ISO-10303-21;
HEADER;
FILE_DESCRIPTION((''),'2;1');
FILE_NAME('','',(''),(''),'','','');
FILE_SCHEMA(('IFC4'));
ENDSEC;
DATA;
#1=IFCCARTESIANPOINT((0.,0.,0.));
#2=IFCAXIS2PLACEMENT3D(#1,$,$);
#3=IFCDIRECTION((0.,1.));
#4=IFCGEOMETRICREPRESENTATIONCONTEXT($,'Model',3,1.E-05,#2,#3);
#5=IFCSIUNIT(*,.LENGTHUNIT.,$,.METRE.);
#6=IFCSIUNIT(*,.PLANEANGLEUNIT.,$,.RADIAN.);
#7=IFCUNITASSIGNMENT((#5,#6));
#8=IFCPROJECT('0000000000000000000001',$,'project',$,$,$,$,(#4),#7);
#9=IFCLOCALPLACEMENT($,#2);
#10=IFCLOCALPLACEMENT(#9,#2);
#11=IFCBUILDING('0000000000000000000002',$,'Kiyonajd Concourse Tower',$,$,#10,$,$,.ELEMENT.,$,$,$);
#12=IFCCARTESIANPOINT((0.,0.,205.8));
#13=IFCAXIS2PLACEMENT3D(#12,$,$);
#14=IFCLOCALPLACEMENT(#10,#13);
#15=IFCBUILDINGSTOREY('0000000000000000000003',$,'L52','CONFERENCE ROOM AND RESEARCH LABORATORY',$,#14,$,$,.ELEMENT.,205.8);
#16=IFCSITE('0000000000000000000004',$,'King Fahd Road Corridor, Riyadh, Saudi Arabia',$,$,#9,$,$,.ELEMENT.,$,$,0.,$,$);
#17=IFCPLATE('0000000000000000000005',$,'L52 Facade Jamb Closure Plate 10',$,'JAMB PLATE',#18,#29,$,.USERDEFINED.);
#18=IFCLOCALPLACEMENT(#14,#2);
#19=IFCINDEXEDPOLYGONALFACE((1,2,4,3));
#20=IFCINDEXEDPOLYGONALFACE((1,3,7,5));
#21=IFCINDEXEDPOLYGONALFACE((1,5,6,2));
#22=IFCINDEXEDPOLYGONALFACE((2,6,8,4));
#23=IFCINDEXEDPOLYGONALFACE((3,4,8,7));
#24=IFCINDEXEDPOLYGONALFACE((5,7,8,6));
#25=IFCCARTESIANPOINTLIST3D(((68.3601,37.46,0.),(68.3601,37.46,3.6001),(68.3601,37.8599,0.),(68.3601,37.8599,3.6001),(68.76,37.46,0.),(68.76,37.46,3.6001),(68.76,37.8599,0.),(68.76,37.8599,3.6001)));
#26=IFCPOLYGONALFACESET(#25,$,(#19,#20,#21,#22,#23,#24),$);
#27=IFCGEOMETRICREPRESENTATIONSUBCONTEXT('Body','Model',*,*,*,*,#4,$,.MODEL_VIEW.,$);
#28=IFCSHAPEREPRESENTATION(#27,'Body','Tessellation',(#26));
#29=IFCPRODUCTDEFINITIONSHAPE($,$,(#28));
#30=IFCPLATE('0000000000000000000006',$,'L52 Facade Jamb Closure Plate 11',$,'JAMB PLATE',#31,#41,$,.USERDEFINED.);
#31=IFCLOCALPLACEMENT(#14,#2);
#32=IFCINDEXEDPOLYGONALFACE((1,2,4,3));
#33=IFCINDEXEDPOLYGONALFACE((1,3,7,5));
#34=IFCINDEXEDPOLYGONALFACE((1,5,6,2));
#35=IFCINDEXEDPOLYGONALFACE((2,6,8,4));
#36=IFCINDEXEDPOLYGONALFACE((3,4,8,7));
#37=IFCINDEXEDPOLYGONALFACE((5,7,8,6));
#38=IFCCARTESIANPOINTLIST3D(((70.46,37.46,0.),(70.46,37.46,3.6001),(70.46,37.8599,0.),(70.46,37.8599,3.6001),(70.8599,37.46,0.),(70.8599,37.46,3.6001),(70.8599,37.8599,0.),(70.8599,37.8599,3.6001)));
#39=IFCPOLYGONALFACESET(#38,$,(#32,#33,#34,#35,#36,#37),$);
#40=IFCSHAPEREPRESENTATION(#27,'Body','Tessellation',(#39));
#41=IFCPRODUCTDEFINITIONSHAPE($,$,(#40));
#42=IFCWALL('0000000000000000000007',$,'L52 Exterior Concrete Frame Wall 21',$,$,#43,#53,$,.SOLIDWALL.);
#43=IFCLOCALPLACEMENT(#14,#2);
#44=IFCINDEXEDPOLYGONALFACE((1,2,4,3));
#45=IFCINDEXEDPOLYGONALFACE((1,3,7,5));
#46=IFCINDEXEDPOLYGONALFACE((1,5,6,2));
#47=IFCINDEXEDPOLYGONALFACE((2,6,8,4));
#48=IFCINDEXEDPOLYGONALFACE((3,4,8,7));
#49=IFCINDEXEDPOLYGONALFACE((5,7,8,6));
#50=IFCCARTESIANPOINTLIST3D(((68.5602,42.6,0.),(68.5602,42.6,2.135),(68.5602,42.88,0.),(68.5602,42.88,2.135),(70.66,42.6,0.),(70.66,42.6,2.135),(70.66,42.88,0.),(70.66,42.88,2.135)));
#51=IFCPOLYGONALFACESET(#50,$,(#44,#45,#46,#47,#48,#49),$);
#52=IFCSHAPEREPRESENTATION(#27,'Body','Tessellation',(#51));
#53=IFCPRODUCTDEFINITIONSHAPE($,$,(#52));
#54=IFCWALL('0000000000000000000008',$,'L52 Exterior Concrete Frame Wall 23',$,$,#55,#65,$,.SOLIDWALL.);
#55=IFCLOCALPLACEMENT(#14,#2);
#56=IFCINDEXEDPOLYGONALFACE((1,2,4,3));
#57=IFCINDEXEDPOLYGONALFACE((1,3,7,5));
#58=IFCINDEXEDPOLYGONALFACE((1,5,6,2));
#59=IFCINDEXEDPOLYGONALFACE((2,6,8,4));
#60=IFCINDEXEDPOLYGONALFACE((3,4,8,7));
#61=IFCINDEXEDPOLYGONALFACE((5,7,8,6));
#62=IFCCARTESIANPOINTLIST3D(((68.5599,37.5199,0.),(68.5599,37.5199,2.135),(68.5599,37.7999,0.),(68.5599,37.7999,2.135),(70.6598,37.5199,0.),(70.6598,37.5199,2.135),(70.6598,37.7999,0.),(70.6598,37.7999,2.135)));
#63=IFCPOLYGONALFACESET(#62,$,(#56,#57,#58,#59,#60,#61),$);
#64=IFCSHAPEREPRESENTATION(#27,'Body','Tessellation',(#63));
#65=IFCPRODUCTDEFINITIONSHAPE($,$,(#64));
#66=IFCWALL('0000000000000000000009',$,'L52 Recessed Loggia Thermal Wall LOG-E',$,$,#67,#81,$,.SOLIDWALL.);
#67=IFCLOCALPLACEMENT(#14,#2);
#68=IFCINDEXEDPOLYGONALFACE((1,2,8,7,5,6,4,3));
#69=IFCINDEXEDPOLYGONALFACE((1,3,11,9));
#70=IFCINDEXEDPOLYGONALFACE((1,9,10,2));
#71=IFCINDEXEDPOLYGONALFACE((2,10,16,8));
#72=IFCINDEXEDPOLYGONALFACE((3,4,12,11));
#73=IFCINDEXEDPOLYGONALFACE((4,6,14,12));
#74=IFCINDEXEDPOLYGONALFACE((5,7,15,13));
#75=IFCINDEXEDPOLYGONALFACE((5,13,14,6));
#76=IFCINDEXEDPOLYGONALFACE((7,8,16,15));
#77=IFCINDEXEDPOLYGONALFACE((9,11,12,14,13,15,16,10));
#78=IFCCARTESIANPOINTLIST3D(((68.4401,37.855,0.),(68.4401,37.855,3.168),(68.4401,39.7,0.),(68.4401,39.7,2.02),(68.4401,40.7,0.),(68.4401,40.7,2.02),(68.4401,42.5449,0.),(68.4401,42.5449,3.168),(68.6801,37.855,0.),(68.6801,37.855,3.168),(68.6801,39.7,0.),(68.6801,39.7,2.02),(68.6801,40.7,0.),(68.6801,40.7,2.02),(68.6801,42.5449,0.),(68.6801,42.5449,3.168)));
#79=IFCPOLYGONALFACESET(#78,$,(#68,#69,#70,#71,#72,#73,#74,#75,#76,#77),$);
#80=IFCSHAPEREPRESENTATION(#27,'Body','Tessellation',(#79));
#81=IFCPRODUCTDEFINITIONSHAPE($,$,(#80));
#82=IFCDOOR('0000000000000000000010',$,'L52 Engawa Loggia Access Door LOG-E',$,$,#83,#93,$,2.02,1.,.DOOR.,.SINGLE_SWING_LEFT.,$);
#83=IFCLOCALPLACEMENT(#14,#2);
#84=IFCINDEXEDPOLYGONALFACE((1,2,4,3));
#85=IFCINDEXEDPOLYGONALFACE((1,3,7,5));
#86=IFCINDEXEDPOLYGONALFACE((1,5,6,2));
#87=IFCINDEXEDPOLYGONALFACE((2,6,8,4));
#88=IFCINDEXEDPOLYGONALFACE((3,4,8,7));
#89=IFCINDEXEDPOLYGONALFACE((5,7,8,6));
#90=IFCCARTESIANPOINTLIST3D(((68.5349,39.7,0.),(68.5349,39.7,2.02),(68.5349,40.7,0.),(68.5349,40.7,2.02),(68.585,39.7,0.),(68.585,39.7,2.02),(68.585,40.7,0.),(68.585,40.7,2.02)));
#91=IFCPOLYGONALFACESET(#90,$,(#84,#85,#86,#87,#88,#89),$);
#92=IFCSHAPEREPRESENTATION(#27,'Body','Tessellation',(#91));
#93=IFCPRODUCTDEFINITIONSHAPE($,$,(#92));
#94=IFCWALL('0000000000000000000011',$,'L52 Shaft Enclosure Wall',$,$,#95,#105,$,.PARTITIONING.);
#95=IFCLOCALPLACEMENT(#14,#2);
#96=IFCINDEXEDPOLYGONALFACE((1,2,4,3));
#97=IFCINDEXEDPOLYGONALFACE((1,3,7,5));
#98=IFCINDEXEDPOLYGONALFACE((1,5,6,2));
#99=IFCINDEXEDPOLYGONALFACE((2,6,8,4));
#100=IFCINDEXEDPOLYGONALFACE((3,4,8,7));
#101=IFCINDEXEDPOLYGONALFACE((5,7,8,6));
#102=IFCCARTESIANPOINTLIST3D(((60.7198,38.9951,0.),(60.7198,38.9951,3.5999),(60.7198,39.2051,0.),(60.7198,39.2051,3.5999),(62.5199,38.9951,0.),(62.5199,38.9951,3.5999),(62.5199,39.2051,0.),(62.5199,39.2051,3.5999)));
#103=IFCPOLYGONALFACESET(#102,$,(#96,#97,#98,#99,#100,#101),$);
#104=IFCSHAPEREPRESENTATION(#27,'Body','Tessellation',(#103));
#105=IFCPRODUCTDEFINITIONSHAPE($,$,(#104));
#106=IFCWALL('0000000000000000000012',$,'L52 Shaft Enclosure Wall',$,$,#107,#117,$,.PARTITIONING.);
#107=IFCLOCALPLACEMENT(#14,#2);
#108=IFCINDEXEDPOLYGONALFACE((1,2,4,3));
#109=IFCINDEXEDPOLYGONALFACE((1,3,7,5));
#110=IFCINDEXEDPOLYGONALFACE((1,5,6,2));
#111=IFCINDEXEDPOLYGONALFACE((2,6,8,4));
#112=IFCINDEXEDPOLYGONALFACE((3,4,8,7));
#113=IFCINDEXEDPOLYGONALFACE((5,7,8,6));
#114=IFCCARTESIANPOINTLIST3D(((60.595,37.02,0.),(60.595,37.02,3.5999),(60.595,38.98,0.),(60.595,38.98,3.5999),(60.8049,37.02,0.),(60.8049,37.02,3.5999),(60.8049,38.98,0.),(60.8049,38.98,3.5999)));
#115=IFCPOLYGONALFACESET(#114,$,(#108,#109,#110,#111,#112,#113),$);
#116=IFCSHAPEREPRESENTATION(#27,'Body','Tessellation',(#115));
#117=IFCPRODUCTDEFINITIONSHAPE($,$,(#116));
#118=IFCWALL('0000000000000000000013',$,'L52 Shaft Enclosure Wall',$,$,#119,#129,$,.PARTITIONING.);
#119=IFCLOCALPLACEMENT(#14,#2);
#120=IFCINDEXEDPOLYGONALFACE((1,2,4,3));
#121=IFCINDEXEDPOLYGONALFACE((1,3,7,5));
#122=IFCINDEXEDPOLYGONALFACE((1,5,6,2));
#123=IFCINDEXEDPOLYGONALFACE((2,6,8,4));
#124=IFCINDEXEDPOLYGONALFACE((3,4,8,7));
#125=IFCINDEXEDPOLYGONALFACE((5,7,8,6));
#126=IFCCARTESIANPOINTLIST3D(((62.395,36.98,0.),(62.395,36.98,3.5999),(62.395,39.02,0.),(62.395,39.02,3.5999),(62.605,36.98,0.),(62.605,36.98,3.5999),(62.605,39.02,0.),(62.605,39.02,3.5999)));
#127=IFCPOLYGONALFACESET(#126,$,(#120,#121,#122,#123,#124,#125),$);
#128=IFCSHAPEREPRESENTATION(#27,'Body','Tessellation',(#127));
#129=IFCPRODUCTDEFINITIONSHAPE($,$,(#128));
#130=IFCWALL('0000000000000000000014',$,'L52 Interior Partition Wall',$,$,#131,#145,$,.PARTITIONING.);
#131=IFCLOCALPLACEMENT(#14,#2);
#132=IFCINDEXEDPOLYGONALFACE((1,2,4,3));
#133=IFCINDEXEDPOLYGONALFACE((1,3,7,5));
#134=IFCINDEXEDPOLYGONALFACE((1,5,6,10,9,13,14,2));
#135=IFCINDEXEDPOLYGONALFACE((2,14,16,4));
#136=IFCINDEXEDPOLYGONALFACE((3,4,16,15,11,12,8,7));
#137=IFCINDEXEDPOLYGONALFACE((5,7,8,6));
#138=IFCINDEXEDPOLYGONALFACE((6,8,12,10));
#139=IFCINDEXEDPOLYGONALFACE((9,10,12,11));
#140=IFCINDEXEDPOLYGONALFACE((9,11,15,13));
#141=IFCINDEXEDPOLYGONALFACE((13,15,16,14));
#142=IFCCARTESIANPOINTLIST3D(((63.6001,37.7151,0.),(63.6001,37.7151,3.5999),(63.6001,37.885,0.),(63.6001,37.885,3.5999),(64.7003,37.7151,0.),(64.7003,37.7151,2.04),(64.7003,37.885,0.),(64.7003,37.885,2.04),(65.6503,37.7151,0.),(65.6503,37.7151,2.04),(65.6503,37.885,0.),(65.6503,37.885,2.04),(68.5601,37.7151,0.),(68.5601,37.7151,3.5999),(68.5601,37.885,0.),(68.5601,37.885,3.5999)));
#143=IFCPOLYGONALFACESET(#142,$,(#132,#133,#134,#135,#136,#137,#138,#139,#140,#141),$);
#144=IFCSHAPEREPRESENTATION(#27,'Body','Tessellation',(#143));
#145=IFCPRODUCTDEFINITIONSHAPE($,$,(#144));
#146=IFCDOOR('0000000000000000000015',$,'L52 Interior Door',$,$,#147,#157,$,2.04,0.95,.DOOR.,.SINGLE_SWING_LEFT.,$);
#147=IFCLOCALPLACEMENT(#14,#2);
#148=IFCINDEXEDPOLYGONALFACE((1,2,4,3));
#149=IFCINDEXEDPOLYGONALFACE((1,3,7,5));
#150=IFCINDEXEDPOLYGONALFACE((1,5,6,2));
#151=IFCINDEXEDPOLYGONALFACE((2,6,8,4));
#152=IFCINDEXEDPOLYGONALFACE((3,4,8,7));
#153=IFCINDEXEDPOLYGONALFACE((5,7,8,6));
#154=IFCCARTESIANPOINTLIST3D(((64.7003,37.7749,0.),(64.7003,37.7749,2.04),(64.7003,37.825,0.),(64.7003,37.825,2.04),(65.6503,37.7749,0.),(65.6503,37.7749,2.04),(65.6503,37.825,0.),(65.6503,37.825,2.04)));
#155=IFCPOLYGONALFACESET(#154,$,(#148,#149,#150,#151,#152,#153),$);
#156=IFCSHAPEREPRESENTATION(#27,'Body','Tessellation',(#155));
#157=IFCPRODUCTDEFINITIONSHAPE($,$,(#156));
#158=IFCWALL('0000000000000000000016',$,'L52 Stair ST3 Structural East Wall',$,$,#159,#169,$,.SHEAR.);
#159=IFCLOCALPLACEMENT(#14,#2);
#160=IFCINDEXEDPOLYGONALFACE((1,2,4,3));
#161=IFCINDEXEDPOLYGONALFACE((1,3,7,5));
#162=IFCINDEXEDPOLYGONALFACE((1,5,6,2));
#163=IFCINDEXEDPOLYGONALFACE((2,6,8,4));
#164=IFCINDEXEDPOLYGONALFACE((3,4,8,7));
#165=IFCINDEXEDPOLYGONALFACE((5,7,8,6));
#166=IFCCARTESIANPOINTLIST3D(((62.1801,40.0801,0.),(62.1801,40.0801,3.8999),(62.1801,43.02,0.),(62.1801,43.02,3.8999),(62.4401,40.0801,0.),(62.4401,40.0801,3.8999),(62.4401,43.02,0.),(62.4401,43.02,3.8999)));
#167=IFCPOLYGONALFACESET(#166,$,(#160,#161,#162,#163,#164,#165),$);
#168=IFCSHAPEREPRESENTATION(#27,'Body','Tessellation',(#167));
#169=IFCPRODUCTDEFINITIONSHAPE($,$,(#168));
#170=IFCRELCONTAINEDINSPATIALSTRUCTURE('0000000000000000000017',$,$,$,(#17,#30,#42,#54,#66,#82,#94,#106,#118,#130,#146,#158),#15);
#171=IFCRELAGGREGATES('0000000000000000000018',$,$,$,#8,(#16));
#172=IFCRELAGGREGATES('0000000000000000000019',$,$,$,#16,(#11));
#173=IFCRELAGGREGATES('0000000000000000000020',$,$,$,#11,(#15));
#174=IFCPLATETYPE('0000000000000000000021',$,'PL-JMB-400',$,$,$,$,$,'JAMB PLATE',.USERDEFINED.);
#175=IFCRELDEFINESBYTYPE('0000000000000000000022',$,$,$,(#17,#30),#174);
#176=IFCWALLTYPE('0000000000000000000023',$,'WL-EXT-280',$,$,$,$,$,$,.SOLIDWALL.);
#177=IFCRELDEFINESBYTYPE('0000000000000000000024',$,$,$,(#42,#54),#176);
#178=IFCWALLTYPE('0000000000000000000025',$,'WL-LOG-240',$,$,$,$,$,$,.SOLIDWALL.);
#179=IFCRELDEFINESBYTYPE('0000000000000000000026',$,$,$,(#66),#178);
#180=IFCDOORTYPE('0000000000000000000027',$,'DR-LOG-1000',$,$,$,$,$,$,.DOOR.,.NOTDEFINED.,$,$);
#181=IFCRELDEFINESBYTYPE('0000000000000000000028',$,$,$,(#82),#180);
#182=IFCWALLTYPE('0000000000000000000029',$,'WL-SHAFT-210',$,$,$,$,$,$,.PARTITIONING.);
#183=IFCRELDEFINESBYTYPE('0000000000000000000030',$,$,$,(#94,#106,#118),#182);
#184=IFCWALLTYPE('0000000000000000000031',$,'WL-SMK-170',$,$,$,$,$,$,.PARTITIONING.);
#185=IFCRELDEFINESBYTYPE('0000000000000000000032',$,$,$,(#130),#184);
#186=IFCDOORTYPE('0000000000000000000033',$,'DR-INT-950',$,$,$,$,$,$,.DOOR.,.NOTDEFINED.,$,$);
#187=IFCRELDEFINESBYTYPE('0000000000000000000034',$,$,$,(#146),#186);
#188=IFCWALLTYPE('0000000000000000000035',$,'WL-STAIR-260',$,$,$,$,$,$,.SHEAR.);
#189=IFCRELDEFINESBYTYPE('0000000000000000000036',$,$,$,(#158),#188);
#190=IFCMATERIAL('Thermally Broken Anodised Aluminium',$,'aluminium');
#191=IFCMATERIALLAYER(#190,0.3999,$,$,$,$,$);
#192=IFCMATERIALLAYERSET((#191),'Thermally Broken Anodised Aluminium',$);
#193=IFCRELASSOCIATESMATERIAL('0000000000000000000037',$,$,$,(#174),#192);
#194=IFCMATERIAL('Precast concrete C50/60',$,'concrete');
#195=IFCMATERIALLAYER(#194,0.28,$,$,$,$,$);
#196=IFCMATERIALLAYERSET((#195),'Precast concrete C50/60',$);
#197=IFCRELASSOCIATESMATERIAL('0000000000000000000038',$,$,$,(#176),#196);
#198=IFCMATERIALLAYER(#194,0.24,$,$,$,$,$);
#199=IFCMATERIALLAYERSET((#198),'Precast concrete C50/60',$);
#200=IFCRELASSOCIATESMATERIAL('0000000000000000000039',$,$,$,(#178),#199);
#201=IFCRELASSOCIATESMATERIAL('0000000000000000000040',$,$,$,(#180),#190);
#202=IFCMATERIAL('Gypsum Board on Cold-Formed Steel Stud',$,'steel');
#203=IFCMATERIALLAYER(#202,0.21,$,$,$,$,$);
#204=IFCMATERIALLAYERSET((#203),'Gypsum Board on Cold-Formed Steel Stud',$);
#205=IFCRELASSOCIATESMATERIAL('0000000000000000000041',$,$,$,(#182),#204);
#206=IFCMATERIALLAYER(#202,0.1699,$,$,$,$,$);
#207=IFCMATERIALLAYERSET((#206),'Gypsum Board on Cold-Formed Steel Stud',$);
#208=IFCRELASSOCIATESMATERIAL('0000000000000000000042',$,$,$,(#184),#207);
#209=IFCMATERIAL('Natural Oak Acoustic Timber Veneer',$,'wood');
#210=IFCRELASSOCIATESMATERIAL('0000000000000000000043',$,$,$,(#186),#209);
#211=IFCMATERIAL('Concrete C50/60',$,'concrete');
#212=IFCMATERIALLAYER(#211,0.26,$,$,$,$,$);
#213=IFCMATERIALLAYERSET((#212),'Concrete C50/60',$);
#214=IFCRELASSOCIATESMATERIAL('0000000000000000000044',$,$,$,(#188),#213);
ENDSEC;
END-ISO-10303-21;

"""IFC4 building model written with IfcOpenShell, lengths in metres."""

from ifc_helpers import new_model, si_unit, direction, frame, frame_2d, origin, origin_2d, place, context, subcontext, project, spatial, rectangle, extrude, material, layer, layer_set, type_object, element, fill, save


model = new_model("IFC4")

# Units and contexts
model_context = context("Model", 3, precision=1e-05, world=origin(), true_north=direction((0.0, 1.0)))
body_context = subcontext(model_context, "Body", "Model", "MODEL_VIEW")
ifc_project = project(units=[si_unit("LENGTHUNIT", "METRE"), si_unit("PLANEANGLEUNIT", "RADIAN")], contexts=[model_context])

# Site, building, storey
site_placement = place(None, origin())
site = spatial("IfcSite", under=ifc_project, at=site_placement, Name="King Fahd Road Corridor, Riyadh, Saudi Arabia", CompositionType="ELEMENT", RefElevation=0.0)
building_placement = place(site_placement, origin())
building = spatial("IfcBuilding", under=site, at=building_placement, Name="Kiyonajd Concourse Tower", CompositionType="ELEMENT")
storey_placement = place(building_placement, frame((0.0, 0.0, 205.8)))
storey = spatial("IfcBuildingStorey", under=building, at=storey_placement, Name="L52", Description="CONFERENCE ROOM AND RESEARCH LABORATORY", CompositionType="ELEMENT", Elevation=205.8)

# Shared definitions
ifc_material_1 = material(Name="Thermally Broken Anodised Aluminium", Category="aluminium")

# Plates
ifc_layer_1 = layer(ifc_material_1, 0.3999)
ifc_layer_set_1 = layer_set([ifc_layer_1], Name="Thermally Broken Anodised Aluminium")
plate_type_1 = type_object("IfcPlateType", Name="PL-JMB-400", ElementType="JAMB PLATE", PredefinedType="USERDEFINED", material=ifc_layer_set_1)
for number, where, z_axis, x_axis, name in (
    (1, (68.5601, 37.6599, 0.0), (0.0, 0.0, 1.0), (1.0, 0.0, 0.0), "L52 Facade Jamb Closure Plate 10"),
    (2, (70.6599, 37.6599, 0.0), (0.0, 0.0, 1.0), (1.0, 0.0, 0.0), "L52 Facade Jamb Closure Plate 11"),
):
    element("IfcPlate", number, at=place(storey_placement, frame(where, z_axis=z_axis, x_axis=x_axis)), inside=storey, type_object=plate_type_1, Name=name, ObjectType="JAMB PLATE", PredefinedType="USERDEFINED", context=body_context, shape_type="SweptSolid", body=[
        extrude(rectangle(XDim=0.3999, YDim=0.3999, at=origin_2d()), origin(), (0.0, 0.0, 1.0), 3.6001),
    ])

# Walls
ifc_material_2 = material(Name="Precast concrete C50/60", Category="concrete")
ifc_layer_2 = layer(ifc_material_2, 0.28)
ifc_layer_set_2 = layer_set([ifc_layer_2], Name="Precast concrete C50/60")
wall_type_1 = type_object("IfcWallType", Name="WL-EXT-280", PredefinedType="SOLIDWALL", material=ifc_layer_set_2)
for number, where, z_axis, x_axis, name in (
    (3, (70.6599, 42.74, 0.0), (0.0, 0.0, 1.0), (-1.0, 0.0, 0.0), "L52 Exterior Concrete Frame Wall 21"),
    (4, (68.5601, 37.6599, 0.0), (0.0, 0.0, 1.0), (1.0, 0.0, 0.0), "L52 Exterior Concrete Frame Wall 23"),
):
    element("IfcWall", number, at=place(storey_placement, frame(where, z_axis=z_axis, x_axis=x_axis)), inside=storey, type_object=wall_type_1, Name=name, PredefinedType="SOLIDWALL", context=body_context, shape_type="SweptSolid", body=[
        extrude(rectangle(XDim=2.0999, YDim=0.28, at=frame_2d((1.0498, 0.0))), origin(), (0.0, 0.0, 1.0), 2.135),
    ])

# Wall, opening, door
ifc_layer_3 = layer(ifc_material_2, 0.24)
ifc_layer_set_3 = layer_set([ifc_layer_3], Name="Precast concrete C50/60")
wall_type_2 = type_object("IfcWallType", Name="WL-LOG-240", PredefinedType="SOLIDWALL", material=ifc_layer_set_3)
wall_1_placement = place(storey_placement, frame((68.5601, 42.5449, 0.0), z_axis=(0.0, 0.0, 1.0), x_axis=(0.0, -1.0, 0.0)))
wall_1 = element("IfcWall", 5, at=wall_1_placement, inside=storey, type_object=wall_type_2, Name="L52 Recessed Loggia Thermal Wall LOG-E", PredefinedType="SOLIDWALL", context=body_context, shape_type="SweptSolid", body=[
    extrude(rectangle(XDim=4.6899, YDim=0.24, at=frame_2d((2.345, 0.0))), origin(), (0.0, 0.0, 1.0), 3.168),
])
opening_1_placement = place(wall_1_placement, frame((1.845, 0.0, 0.0)))
opening_1 = element("IfcOpeningElement", 6, at=opening_1_placement, cuts=wall_1, PredefinedType="OPENING", context=body_context, shape_type="SweptSolid", body=[
    extrude(rectangle(XDim=1.0, YDim=2.02, at=frame_2d((0.5, 1.01))), frame((0.0, 0.1299, 0.0), z_axis=(0.0, -1.0, 0.0), x_axis=(1.0, 0.0, 0.0)), (0.0, 0.0, 1.0), 0.26),
])
door_type_1 = type_object("IfcDoorType", Name="DR-LOG-1000", OperationType="NOTDEFINED", PredefinedType="DOOR", material=ifc_material_1)
door_1_placement = place(opening_1_placement, origin())
door_1 = element("IfcDoor", 7, at=door_1_placement, inside=storey, type_object=door_type_1, Name="L52 Engawa Loggia Access Door LOG-E", OperationType="SINGLE_SWING_LEFT", OverallHeight=2.02, OverallWidth=1.0, PredefinedType="DOOR", context=body_context, shape_type="SweptSolid", body=[
    extrude(rectangle(XDim=1.0, YDim=2.02, at=frame_2d((0.5, 1.01))), frame((0.0, 0.0249, 0.0), z_axis=(0.0, -1.0, 0.0), x_axis=(1.0, 0.0, 0.0)), (0.0, 0.0, 1.0), 0.05),
])
fill(opening_1, door_1)

# Walls
ifc_material_3 = material(Name="Gypsum Board on Cold-Formed Steel Stud", Category="steel")
ifc_layer_4 = layer(ifc_material_3, 0.21)
ifc_layer_set_4 = layer_set([ifc_layer_4], Name="Gypsum Board on Cold-Formed Steel Stud")
wall_type_3 = type_object("IfcWallType", Name="WL-SHAFT-210", PredefinedType="PARTITIONING", material=ifc_layer_set_4)
wall_2_placement = place(storey_placement, frame((60.72, 39.1001, 0.0), z_axis=(0.0, 0.0, 1.0), x_axis=(1.0, 0.0, 0.0)))
element("IfcWall", 8, at=wall_2_placement, inside=storey, type_object=wall_type_3, Name="L52 Shaft Enclosure Wall", PredefinedType="PARTITIONING", context=body_context, shape_type="SweptSolid", body=[
    extrude(rectangle(XDim=1.8, YDim=0.21, at=frame_2d((0.8999, 0.0))), origin(), (0.0, 0.0, 1.0), 3.5999),
])
wall_3_placement = place(storey_placement, frame((60.7, 37.02, 0.0), z_axis=(0.0, 0.0, 1.0), x_axis=(0.0, 1.0, 0.0)))
element("IfcWall", 9, at=wall_3_placement, inside=storey, type_object=wall_type_3, Name="L52 Shaft Enclosure Wall", PredefinedType="PARTITIONING", context=body_context, shape_type="SweptSolid", body=[
    extrude(rectangle(XDim=1.96, YDim=0.21, at=frame_2d((0.98, 0.0))), origin(), (0.0, 0.0, 1.0), 3.5999),
])
wall_4_placement = place(storey_placement, frame((62.5, 36.98, 0.0), z_axis=(0.0, 0.0, 1.0), x_axis=(0.0, 1.0, 0.0)))
element("IfcWall", 10, at=wall_4_placement, inside=storey, type_object=wall_type_3, Name="L52 Shaft Enclosure Wall", PredefinedType="PARTITIONING", context=body_context, shape_type="SweptSolid", body=[
    extrude(rectangle(XDim=2.04, YDim=0.21, at=frame_2d((1.02, 0.0))), origin(), (0.0, 0.0, 1.0), 3.5999),
])

# Wall, opening, door
ifc_layer_5 = layer(ifc_material_3, 0.1699)
ifc_layer_set_5 = layer_set([ifc_layer_5], Name="Gypsum Board on Cold-Formed Steel Stud")
wall_type_4 = type_object("IfcWallType", Name="WL-SMK-170", PredefinedType="PARTITIONING", material=ifc_layer_set_5)
wall_5_placement = place(storey_placement, frame((63.6001, 37.8, 0.0), z_axis=(0.0, 0.0, 1.0), x_axis=(1.0, 0.0, 0.0)))
wall_5 = element("IfcWall", 11, at=wall_5_placement, inside=storey, type_object=wall_type_4, Name="L52 Interior Partition Wall", PredefinedType="PARTITIONING", context=body_context, shape_type="SweptSolid", body=[
    extrude(rectangle(XDim=4.96, YDim=0.1699, at=frame_2d((2.48, 0.0))), origin(), (0.0, 0.0, 1.0), 3.5999),
])
opening_2_placement = place(wall_5_placement, frame((1.1001, 0.0, 0.0)))
opening_2 = element("IfcOpeningElement", 12, at=opening_2_placement, cuts=wall_5, PredefinedType="OPENING", context=body_context, shape_type="SweptSolid", body=[
    extrude(rectangle(XDim=0.95, YDim=2.04, at=frame_2d((0.4751, 1.02))), frame((0.0, 0.095, 0.0), z_axis=(0.0, -1.0, 0.0), x_axis=(1.0, 0.0, 0.0)), (0.0, 0.0, 1.0), 0.1899),
])
ifc_material_4 = material(Name="Natural Oak Acoustic Timber Veneer", Category="wood")
door_type_2 = type_object("IfcDoorType", Name="DR-INT-950", OperationType="NOTDEFINED", PredefinedType="DOOR", material=ifc_material_4)
door_2_placement = place(opening_2_placement, origin())
door_2 = element("IfcDoor", 13, at=door_2_placement, inside=storey, type_object=door_type_2, Name="L52 Interior Door", OperationType="SINGLE_SWING_LEFT", OverallHeight=2.04, OverallWidth=0.95, PredefinedType="DOOR", context=body_context, shape_type="SweptSolid", body=[
    extrude(rectangle(XDim=0.95, YDim=2.04, at=frame_2d((0.4751, 1.02))), frame((0.0, 0.0249, 0.0), z_axis=(0.0, -1.0, 0.0), x_axis=(1.0, 0.0, 0.0)), (0.0, 0.0, 1.0), 0.05),
])
fill(opening_2, door_2)

# Wall
ifc_material_5 = material(Name="Concrete C50/60", Category="concrete")
ifc_layer_6 = layer(ifc_material_5, 0.26)
ifc_layer_set_6 = layer_set([ifc_layer_6], Name="Concrete C50/60")
wall_type_5 = type_object("IfcWallType", Name="WL-STAIR-260", PredefinedType="SHEAR", material=ifc_layer_set_6)
wall_6_placement = place(storey_placement, frame((62.3101, 40.0801, 0.0), z_axis=(0.0, 0.0, 1.0), x_axis=(0.0, 1.0, 0.0)))
element("IfcWall", 14, at=wall_6_placement, inside=storey, type_object=wall_type_5, Name="L52 Stair ST3 Structural East Wall", PredefinedType="SHEAR", context=body_context, shape_type="SweptSolid", body=[
    extrude(rectangle(XDim=2.9399, YDim=0.26, at=frame_2d((1.47, 0.0))), origin(), (0.0, 0.0, 1.0), 3.8999),
])

save(model, "model.ifc")
